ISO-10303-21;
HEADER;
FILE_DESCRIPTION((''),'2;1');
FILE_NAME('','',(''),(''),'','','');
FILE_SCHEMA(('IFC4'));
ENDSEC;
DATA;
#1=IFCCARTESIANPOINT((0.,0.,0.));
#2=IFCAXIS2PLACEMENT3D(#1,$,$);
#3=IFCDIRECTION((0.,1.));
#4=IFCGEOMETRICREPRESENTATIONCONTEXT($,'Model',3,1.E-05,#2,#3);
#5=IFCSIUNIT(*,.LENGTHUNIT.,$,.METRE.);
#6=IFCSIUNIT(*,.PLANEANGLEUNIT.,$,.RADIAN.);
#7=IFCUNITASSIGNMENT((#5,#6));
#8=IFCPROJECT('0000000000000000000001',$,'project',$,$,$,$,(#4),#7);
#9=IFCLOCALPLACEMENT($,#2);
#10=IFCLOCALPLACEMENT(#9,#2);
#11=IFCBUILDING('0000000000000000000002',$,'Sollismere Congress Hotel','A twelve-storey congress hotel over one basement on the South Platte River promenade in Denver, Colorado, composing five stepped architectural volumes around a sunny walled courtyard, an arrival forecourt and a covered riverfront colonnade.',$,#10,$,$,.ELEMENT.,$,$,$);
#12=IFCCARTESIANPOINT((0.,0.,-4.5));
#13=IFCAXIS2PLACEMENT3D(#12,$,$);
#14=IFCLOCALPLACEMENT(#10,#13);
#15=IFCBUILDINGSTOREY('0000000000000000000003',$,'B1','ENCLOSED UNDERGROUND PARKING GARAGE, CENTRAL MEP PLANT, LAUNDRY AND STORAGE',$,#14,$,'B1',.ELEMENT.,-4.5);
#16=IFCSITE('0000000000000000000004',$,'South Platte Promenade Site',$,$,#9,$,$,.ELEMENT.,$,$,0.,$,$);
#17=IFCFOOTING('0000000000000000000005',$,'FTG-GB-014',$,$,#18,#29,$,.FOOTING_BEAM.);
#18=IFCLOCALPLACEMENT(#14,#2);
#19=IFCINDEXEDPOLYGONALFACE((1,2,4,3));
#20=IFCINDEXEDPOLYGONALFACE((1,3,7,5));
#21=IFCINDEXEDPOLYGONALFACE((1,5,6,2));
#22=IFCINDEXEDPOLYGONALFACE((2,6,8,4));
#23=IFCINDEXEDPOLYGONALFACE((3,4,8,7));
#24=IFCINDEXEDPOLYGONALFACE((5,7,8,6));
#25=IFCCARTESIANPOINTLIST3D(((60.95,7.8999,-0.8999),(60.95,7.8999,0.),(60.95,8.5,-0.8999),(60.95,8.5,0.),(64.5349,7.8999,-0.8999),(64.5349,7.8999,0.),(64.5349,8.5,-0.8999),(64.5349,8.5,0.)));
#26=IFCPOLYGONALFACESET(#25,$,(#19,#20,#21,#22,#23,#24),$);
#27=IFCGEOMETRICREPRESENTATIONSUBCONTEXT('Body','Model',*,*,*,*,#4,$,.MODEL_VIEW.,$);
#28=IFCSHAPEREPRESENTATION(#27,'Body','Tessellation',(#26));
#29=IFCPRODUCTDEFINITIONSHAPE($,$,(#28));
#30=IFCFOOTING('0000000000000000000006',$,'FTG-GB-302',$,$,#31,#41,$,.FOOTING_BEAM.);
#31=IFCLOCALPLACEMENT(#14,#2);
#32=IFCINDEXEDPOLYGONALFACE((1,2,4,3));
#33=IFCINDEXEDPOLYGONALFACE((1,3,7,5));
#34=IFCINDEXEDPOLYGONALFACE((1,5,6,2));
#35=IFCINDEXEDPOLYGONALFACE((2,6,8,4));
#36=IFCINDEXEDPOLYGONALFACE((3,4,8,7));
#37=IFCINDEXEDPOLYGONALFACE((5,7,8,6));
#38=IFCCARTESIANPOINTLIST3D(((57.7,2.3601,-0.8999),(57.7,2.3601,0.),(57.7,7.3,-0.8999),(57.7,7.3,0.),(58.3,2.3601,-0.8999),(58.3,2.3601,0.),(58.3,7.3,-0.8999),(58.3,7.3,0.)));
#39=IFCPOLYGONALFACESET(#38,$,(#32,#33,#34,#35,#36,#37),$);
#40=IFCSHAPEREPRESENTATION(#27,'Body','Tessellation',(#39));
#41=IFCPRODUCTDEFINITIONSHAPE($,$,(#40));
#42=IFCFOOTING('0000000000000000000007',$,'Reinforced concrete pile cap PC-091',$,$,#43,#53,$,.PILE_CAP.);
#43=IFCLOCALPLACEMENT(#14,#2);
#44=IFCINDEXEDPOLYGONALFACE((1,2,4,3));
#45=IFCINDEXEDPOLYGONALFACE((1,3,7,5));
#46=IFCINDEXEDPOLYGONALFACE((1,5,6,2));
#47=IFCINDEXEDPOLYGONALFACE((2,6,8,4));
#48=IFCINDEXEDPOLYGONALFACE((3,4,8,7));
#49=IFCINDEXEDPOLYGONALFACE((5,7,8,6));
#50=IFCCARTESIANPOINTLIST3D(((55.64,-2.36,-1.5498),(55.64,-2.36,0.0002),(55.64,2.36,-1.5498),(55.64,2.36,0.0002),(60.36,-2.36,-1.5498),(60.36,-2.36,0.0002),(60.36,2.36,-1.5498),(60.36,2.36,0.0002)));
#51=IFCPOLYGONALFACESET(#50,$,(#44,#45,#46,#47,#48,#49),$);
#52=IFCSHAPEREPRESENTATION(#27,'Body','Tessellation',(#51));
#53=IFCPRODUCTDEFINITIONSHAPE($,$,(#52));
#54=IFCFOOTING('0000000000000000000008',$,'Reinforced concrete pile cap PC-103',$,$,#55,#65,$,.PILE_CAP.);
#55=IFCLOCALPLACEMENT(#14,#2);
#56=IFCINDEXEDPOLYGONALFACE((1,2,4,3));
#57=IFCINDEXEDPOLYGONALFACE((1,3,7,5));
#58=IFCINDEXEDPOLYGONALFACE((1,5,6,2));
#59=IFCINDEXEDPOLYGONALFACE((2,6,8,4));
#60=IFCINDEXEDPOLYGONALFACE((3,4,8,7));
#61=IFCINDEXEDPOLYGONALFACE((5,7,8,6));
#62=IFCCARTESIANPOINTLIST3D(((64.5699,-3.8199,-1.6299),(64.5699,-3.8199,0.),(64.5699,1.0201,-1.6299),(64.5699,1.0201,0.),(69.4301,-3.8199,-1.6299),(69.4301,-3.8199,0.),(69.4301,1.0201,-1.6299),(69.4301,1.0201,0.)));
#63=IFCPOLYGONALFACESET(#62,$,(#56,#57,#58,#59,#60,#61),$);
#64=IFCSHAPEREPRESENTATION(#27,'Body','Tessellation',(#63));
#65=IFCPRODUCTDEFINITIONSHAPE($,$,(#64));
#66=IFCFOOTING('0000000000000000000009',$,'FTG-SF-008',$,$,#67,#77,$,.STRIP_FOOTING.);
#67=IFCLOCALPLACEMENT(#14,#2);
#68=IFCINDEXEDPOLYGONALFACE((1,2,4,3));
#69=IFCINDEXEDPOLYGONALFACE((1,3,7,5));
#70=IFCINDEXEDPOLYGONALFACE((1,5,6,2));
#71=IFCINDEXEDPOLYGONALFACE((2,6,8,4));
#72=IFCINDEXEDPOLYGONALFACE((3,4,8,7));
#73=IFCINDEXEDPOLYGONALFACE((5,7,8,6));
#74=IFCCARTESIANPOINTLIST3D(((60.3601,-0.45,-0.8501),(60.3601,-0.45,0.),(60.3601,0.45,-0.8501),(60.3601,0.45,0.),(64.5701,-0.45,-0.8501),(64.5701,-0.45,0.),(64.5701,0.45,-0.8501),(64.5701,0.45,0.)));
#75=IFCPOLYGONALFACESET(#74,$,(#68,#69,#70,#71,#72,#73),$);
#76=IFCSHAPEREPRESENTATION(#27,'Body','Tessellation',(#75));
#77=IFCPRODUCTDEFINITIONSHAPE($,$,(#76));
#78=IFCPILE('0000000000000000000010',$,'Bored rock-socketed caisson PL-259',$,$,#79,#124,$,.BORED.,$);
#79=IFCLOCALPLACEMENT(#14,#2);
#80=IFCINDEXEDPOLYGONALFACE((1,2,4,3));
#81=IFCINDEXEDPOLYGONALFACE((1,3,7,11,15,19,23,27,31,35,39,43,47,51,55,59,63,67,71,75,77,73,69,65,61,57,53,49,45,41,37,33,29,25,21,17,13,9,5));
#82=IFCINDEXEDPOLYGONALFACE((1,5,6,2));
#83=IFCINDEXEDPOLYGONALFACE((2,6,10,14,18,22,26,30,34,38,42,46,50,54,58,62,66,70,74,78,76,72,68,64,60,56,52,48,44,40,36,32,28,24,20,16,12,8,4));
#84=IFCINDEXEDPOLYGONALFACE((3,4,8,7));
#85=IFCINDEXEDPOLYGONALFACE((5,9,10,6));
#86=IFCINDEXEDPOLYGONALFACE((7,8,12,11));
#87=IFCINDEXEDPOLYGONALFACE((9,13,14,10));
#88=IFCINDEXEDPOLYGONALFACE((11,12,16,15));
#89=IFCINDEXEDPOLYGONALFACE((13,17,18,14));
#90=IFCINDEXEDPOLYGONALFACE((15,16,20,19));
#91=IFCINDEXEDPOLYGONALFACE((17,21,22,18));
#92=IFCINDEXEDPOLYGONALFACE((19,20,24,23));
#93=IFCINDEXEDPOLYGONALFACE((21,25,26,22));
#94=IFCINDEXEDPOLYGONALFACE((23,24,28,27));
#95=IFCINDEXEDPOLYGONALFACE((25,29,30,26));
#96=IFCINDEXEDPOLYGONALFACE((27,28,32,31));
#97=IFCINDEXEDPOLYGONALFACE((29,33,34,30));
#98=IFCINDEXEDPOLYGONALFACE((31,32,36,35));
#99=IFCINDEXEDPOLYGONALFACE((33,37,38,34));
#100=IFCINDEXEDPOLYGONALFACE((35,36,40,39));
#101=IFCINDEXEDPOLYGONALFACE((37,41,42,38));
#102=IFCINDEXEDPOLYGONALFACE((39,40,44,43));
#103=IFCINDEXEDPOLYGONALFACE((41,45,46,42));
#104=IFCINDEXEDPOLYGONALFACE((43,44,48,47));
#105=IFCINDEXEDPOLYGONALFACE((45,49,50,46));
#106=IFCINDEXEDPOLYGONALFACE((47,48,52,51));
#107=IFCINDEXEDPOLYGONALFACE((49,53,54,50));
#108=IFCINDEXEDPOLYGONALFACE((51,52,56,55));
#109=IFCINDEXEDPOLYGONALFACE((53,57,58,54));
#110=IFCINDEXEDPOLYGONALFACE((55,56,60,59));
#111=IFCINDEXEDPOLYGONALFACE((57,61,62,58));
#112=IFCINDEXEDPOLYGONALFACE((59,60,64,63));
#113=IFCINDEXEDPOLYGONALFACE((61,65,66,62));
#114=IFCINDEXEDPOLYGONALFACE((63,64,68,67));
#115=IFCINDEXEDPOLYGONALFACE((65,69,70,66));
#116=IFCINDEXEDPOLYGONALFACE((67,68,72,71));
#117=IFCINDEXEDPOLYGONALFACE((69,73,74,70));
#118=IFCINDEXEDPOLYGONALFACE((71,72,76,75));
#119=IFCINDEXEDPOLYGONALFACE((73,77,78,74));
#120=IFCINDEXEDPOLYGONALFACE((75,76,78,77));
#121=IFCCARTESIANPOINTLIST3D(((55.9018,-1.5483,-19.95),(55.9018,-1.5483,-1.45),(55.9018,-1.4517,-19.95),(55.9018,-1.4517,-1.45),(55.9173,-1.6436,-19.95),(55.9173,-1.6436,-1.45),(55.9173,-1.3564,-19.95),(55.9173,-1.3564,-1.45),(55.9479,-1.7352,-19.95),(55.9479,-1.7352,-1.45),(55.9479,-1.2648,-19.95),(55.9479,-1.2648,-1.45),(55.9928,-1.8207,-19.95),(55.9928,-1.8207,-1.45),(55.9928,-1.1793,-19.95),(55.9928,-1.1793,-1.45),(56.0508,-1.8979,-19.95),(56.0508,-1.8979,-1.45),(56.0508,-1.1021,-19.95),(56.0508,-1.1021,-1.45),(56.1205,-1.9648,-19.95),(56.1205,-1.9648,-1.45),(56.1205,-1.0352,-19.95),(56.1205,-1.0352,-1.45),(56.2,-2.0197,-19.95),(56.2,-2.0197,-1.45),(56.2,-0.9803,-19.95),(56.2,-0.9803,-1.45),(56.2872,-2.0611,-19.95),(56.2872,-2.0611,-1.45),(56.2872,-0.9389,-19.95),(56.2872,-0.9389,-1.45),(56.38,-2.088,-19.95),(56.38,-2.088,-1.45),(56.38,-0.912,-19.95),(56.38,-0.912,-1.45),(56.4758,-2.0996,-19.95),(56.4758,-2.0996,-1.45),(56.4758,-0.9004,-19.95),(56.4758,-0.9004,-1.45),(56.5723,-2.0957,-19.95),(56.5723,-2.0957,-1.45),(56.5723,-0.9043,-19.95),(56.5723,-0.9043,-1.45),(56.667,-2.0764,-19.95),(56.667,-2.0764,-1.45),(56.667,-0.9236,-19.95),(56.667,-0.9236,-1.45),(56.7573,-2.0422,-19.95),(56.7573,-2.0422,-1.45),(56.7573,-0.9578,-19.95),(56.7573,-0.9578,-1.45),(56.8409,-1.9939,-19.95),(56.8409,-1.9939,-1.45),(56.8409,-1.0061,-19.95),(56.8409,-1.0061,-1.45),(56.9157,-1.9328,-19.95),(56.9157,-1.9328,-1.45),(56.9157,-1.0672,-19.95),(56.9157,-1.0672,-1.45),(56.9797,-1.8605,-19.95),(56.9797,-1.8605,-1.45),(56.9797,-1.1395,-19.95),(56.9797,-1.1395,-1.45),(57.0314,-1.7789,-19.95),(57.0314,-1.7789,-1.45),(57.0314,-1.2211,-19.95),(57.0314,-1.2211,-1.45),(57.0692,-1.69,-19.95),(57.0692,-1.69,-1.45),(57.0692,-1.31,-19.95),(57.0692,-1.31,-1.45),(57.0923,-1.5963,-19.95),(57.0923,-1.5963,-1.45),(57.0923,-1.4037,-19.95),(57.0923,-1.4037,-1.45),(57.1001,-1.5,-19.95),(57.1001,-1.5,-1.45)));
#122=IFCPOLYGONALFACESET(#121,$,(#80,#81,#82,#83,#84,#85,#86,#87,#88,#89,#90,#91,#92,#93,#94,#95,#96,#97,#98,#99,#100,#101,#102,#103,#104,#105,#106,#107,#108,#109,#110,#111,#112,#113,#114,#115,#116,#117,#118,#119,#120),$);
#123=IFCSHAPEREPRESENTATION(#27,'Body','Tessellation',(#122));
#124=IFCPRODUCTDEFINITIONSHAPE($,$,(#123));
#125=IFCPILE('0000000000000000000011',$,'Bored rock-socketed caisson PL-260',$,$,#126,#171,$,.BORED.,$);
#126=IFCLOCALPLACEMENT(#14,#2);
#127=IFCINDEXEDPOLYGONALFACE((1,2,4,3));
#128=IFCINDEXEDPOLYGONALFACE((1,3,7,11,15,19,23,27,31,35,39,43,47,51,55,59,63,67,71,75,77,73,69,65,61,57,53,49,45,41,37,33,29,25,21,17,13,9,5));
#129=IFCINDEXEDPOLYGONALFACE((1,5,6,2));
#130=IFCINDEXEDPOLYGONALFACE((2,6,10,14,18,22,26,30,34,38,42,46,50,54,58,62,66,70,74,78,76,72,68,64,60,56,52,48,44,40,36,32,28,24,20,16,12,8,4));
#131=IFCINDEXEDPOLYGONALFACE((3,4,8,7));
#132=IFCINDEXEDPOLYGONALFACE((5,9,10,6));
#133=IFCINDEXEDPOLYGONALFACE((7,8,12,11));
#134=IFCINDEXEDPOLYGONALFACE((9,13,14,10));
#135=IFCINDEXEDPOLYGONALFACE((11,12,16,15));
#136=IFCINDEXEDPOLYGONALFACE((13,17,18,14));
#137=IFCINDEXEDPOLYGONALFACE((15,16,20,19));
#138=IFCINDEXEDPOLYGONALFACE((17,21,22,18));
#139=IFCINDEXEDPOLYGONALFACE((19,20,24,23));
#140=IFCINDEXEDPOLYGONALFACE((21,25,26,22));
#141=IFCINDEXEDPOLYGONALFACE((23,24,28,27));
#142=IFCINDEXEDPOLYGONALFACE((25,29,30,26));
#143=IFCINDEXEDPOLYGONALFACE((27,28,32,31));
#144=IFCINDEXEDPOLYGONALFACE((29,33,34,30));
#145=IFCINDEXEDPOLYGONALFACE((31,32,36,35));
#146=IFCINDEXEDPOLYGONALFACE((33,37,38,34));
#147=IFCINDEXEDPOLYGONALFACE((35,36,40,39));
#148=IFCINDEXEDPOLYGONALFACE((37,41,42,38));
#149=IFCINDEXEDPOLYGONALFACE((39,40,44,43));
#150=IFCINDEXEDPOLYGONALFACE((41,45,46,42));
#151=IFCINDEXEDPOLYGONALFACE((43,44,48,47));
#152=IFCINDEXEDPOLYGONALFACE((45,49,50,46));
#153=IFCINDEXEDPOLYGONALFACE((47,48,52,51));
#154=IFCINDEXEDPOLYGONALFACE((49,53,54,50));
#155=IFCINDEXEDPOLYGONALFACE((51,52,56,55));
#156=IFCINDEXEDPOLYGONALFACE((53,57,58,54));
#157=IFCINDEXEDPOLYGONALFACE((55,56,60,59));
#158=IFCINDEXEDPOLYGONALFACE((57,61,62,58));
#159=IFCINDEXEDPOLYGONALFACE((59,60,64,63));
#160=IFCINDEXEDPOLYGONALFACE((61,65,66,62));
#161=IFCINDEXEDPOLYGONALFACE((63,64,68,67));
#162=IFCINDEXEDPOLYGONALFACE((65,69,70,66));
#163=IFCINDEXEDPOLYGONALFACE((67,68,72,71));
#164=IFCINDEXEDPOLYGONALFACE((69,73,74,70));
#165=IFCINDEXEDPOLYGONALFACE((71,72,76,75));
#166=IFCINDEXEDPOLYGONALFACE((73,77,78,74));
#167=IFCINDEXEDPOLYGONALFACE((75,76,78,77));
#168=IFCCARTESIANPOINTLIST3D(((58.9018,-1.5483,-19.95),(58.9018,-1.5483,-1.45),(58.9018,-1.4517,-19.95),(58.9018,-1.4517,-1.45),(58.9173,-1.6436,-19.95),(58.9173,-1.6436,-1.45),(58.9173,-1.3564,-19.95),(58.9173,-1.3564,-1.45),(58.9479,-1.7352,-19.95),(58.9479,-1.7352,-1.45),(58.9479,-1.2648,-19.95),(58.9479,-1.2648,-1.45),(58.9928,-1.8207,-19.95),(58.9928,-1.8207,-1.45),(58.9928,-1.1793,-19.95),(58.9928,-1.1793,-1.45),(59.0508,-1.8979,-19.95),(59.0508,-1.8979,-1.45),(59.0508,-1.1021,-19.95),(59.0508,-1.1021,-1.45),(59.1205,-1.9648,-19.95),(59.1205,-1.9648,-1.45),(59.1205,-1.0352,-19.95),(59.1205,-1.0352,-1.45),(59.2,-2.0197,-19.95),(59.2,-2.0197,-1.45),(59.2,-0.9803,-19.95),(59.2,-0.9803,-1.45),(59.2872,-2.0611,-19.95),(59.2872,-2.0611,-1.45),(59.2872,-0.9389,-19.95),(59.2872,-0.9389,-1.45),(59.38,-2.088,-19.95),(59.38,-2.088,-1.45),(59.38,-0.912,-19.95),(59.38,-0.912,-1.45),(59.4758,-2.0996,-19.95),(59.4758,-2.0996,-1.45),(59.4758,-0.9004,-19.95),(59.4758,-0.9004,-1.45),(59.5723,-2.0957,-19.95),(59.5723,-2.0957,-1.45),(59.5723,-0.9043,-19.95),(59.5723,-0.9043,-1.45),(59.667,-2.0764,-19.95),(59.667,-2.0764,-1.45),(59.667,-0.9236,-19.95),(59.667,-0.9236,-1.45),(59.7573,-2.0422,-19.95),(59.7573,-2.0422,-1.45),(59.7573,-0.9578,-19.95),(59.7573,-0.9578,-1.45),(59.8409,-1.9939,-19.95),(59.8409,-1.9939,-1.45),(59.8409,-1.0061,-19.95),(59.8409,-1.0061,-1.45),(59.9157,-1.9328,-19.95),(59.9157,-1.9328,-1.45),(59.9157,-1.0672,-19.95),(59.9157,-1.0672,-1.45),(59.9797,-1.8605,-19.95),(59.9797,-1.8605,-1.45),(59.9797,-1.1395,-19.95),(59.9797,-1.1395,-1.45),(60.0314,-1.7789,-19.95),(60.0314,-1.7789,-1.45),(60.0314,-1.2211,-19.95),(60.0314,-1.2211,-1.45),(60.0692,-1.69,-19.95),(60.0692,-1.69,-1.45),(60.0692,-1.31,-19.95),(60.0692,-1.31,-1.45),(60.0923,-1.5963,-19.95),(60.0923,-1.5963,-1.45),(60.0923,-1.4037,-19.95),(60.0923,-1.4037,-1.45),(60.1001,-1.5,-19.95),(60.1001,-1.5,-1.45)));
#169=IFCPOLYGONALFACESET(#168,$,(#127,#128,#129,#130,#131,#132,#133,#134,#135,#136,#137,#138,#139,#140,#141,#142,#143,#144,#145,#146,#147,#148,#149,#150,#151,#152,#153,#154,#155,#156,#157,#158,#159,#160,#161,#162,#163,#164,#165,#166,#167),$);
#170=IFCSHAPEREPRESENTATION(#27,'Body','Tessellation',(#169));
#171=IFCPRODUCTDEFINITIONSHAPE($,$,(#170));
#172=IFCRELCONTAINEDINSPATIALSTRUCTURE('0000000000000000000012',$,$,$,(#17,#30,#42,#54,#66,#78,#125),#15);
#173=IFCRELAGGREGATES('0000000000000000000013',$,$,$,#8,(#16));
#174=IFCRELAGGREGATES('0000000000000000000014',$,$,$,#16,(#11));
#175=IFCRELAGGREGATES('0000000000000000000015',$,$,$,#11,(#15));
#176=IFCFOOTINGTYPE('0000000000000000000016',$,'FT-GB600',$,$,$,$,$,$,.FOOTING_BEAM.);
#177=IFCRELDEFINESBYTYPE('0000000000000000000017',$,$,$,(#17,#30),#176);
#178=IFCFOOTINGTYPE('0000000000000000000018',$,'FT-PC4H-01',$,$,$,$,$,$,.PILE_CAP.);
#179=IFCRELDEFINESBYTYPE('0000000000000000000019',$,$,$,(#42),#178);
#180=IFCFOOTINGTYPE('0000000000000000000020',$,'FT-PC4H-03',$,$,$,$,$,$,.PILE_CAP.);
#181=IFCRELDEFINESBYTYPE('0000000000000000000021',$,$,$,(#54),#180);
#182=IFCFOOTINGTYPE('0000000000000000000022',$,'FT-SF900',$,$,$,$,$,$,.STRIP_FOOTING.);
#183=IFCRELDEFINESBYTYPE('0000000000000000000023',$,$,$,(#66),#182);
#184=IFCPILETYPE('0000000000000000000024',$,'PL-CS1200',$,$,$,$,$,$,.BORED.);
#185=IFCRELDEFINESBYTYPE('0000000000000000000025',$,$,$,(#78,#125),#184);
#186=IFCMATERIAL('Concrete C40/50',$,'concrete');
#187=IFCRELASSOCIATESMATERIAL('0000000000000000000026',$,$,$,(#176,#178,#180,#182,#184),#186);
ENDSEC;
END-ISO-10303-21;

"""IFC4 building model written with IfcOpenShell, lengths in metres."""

from ifc_helpers import new_model, si_unit, direction, frame, origin, origin_2d, place, context, subcontext, project, spatial, rectangle, circle, extrude, material, material_profile, profile_set, type_object, element, save


model = new_model("IFC4")

# Units and contexts
model_context = context("Model", 3, precision=1e-05, world=origin(), true_north=direction((0.0, 1.0)))
body_context = subcontext(model_context, "Body", "Model", "MODEL_VIEW")
ifc_project = project(units=[si_unit("LENGTHUNIT", "METRE"), si_unit("PLANEANGLEUNIT", "RADIAN")], contexts=[model_context])

# Site, building, storey
site_placement = place(None, origin())
site = spatial("IfcSite", under=ifc_project, at=site_placement, Name="South Platte Promenade Site", CompositionType="ELEMENT", RefElevation=0.0)
building_placement = place(site_placement, origin())
building = spatial("IfcBuilding", under=site, at=building_placement, Name="Sollismere Congress Hotel", Description="A twelve-storey congress hotel over one basement on the South Platte River promenade in Denver, Colorado, composing five stepped architectural volumes around a sunny walled courtyard, an arrival forecourt and a covered riverfront colonnade.", CompositionType="ELEMENT")
storey_placement = place(building_placement, frame((0.0, 0.0, -4.5)))
storey = spatial("IfcBuildingStorey", under=building, at=storey_placement, Name="B1", Description="ENCLOSED UNDERGROUND PARKING GARAGE, CENTRAL MEP PLANT, LAUNDRY AND STORAGE", LongName="B1", CompositionType="ELEMENT", Elevation=-4.5)

# Footings
ifc_material_1 = material(Name="Concrete C40/50", Category="concrete")
footing_type_1 = type_object("IfcFootingType", Name="FT-GB600", PredefinedType="FOOTING_BEAM", material=ifc_material_1)
footing_1_placement = place(storey_placement, frame((62.7424, 8.2, -0.8999), z_axis=(0.0, 0.0, 1.0), x_axis=(1.0, 0.0, 0.0)))
element("IfcFooting", 1, at=footing_1_placement, inside=storey, type_object=footing_type_1, Name="FTG-GB-014", PredefinedType="FOOTING_BEAM", context=body_context, shape_type="SweptSolid", body=[
    extrude(rectangle(XDim=3.585, YDim=0.6001, at=origin_2d()), origin(), (0.0, 0.0, 1.0), 0.8999),
])
footing_2_placement = place(storey_placement, frame((58.0, 4.8301, -0.8999), z_axis=(0.0, 0.0, 1.0), x_axis=(0.0, 1.0, 0.0)))
element("IfcFooting", 2, at=footing_2_placement, inside=storey, type_object=footing_type_1, Name="FTG-GB-302", PredefinedType="FOOTING_BEAM", context=body_context, shape_type="SweptSolid", body=[
    extrude(rectangle(XDim=4.9399, YDim=0.6001, at=origin_2d()), origin(), (0.0, 0.0, 1.0), 0.8999),
])
footing_type_2 = type_object("IfcFootingType", Name="FT-PC4H-01", PredefinedType="PILE_CAP", material=ifc_material_1)
footing_3_placement = place(storey_placement, frame((58.0, 0.0, -1.5498), z_axis=(0.0, 0.0, 1.0), x_axis=(1.0, 0.0, 0.0)))
element("IfcFooting", 3, at=footing_3_placement, inside=storey, type_object=footing_type_2, Name="Reinforced concrete pile cap PC-091", PredefinedType="PILE_CAP", context=body_context, shape_type="SweptSolid", body=[
    extrude(rectangle(XDim=4.72, YDim=4.72, at=origin_2d()), origin(), (0.0, 0.0, 1.0), 1.55),
])
footing_type_3 = type_object("IfcFootingType", Name="FT-PC4H-03", PredefinedType="PILE_CAP", material=ifc_material_1)
footing_4_placement = place(storey_placement, frame((67.0, -1.3999, -1.6299), z_axis=(0.0, 0.0, 1.0), x_axis=(1.0, 0.0, 0.0)))
element("IfcFooting", 4, at=footing_4_placement, inside=storey, type_object=footing_type_3, Name="Reinforced concrete pile cap PC-103", PredefinedType="PILE_CAP", context=body_context, shape_type="SweptSolid", body=[
    extrude(rectangle(XDim=4.8601, YDim=4.8401, at=origin_2d()), origin(), (0.0, 0.0, 1.0), 1.6299),
])
footing_type_4 = type_object("IfcFootingType", Name="FT-SF900", PredefinedType="STRIP_FOOTING", material=ifc_material_1)
footing_5_placement = place(storey_placement, frame((62.4651, 0.0, -0.8501), z_axis=(0.0, 0.0, 1.0), x_axis=(1.0, 0.0, 0.0)))
element("IfcFooting", 5, at=footing_5_placement, inside=storey, type_object=footing_type_4, Name="FTG-SF-008", PredefinedType="STRIP_FOOTING", context=body_context, shape_type="SweptSolid", body=[
    extrude(rectangle(XDim=4.21, YDim=0.8999, at=origin_2d()), origin(), (0.0, 0.0, 1.0), 0.8501),
])

# Piles
ifc_material_profile_1 = material_profile(ifc_material_1, circle(Radius=0.6001, at=origin_2d()), Name="CAISSON1200")
ifc_profile_set_1 = profile_set([ifc_material_profile_1], Name="Concrete C40/50")
pile_type = type_object("IfcPileType", Name="PL-CS1200", PredefinedType="BORED", material=ifc_profile_set_1)
for number, where, z_axis, x_axis, name in (
    (6, (56.5, -1.5, -1.45), (0.0, 0.0, -1.0), (1.0, 0.0, 0.0), "Bored rock-socketed caisson PL-259"),
    (7, (59.5, -1.5, -1.45), (0.0, 0.0, -1.0), (1.0, 0.0, 0.0), "Bored rock-socketed caisson PL-260"),
):
    element("IfcPile", number, at=place(storey_placement, frame(where, z_axis=z_axis, x_axis=x_axis)), inside=storey, type_object=pile_type, Name=name, PredefinedType="BORED", context=body_context, shape_type="SweptSolid", body=[
        extrude(circle(Radius=0.6001, at=origin_2d()), origin(), (0.0, 0.0, 1.0), 18.5),
    ])

save(model, "model.ifc")
